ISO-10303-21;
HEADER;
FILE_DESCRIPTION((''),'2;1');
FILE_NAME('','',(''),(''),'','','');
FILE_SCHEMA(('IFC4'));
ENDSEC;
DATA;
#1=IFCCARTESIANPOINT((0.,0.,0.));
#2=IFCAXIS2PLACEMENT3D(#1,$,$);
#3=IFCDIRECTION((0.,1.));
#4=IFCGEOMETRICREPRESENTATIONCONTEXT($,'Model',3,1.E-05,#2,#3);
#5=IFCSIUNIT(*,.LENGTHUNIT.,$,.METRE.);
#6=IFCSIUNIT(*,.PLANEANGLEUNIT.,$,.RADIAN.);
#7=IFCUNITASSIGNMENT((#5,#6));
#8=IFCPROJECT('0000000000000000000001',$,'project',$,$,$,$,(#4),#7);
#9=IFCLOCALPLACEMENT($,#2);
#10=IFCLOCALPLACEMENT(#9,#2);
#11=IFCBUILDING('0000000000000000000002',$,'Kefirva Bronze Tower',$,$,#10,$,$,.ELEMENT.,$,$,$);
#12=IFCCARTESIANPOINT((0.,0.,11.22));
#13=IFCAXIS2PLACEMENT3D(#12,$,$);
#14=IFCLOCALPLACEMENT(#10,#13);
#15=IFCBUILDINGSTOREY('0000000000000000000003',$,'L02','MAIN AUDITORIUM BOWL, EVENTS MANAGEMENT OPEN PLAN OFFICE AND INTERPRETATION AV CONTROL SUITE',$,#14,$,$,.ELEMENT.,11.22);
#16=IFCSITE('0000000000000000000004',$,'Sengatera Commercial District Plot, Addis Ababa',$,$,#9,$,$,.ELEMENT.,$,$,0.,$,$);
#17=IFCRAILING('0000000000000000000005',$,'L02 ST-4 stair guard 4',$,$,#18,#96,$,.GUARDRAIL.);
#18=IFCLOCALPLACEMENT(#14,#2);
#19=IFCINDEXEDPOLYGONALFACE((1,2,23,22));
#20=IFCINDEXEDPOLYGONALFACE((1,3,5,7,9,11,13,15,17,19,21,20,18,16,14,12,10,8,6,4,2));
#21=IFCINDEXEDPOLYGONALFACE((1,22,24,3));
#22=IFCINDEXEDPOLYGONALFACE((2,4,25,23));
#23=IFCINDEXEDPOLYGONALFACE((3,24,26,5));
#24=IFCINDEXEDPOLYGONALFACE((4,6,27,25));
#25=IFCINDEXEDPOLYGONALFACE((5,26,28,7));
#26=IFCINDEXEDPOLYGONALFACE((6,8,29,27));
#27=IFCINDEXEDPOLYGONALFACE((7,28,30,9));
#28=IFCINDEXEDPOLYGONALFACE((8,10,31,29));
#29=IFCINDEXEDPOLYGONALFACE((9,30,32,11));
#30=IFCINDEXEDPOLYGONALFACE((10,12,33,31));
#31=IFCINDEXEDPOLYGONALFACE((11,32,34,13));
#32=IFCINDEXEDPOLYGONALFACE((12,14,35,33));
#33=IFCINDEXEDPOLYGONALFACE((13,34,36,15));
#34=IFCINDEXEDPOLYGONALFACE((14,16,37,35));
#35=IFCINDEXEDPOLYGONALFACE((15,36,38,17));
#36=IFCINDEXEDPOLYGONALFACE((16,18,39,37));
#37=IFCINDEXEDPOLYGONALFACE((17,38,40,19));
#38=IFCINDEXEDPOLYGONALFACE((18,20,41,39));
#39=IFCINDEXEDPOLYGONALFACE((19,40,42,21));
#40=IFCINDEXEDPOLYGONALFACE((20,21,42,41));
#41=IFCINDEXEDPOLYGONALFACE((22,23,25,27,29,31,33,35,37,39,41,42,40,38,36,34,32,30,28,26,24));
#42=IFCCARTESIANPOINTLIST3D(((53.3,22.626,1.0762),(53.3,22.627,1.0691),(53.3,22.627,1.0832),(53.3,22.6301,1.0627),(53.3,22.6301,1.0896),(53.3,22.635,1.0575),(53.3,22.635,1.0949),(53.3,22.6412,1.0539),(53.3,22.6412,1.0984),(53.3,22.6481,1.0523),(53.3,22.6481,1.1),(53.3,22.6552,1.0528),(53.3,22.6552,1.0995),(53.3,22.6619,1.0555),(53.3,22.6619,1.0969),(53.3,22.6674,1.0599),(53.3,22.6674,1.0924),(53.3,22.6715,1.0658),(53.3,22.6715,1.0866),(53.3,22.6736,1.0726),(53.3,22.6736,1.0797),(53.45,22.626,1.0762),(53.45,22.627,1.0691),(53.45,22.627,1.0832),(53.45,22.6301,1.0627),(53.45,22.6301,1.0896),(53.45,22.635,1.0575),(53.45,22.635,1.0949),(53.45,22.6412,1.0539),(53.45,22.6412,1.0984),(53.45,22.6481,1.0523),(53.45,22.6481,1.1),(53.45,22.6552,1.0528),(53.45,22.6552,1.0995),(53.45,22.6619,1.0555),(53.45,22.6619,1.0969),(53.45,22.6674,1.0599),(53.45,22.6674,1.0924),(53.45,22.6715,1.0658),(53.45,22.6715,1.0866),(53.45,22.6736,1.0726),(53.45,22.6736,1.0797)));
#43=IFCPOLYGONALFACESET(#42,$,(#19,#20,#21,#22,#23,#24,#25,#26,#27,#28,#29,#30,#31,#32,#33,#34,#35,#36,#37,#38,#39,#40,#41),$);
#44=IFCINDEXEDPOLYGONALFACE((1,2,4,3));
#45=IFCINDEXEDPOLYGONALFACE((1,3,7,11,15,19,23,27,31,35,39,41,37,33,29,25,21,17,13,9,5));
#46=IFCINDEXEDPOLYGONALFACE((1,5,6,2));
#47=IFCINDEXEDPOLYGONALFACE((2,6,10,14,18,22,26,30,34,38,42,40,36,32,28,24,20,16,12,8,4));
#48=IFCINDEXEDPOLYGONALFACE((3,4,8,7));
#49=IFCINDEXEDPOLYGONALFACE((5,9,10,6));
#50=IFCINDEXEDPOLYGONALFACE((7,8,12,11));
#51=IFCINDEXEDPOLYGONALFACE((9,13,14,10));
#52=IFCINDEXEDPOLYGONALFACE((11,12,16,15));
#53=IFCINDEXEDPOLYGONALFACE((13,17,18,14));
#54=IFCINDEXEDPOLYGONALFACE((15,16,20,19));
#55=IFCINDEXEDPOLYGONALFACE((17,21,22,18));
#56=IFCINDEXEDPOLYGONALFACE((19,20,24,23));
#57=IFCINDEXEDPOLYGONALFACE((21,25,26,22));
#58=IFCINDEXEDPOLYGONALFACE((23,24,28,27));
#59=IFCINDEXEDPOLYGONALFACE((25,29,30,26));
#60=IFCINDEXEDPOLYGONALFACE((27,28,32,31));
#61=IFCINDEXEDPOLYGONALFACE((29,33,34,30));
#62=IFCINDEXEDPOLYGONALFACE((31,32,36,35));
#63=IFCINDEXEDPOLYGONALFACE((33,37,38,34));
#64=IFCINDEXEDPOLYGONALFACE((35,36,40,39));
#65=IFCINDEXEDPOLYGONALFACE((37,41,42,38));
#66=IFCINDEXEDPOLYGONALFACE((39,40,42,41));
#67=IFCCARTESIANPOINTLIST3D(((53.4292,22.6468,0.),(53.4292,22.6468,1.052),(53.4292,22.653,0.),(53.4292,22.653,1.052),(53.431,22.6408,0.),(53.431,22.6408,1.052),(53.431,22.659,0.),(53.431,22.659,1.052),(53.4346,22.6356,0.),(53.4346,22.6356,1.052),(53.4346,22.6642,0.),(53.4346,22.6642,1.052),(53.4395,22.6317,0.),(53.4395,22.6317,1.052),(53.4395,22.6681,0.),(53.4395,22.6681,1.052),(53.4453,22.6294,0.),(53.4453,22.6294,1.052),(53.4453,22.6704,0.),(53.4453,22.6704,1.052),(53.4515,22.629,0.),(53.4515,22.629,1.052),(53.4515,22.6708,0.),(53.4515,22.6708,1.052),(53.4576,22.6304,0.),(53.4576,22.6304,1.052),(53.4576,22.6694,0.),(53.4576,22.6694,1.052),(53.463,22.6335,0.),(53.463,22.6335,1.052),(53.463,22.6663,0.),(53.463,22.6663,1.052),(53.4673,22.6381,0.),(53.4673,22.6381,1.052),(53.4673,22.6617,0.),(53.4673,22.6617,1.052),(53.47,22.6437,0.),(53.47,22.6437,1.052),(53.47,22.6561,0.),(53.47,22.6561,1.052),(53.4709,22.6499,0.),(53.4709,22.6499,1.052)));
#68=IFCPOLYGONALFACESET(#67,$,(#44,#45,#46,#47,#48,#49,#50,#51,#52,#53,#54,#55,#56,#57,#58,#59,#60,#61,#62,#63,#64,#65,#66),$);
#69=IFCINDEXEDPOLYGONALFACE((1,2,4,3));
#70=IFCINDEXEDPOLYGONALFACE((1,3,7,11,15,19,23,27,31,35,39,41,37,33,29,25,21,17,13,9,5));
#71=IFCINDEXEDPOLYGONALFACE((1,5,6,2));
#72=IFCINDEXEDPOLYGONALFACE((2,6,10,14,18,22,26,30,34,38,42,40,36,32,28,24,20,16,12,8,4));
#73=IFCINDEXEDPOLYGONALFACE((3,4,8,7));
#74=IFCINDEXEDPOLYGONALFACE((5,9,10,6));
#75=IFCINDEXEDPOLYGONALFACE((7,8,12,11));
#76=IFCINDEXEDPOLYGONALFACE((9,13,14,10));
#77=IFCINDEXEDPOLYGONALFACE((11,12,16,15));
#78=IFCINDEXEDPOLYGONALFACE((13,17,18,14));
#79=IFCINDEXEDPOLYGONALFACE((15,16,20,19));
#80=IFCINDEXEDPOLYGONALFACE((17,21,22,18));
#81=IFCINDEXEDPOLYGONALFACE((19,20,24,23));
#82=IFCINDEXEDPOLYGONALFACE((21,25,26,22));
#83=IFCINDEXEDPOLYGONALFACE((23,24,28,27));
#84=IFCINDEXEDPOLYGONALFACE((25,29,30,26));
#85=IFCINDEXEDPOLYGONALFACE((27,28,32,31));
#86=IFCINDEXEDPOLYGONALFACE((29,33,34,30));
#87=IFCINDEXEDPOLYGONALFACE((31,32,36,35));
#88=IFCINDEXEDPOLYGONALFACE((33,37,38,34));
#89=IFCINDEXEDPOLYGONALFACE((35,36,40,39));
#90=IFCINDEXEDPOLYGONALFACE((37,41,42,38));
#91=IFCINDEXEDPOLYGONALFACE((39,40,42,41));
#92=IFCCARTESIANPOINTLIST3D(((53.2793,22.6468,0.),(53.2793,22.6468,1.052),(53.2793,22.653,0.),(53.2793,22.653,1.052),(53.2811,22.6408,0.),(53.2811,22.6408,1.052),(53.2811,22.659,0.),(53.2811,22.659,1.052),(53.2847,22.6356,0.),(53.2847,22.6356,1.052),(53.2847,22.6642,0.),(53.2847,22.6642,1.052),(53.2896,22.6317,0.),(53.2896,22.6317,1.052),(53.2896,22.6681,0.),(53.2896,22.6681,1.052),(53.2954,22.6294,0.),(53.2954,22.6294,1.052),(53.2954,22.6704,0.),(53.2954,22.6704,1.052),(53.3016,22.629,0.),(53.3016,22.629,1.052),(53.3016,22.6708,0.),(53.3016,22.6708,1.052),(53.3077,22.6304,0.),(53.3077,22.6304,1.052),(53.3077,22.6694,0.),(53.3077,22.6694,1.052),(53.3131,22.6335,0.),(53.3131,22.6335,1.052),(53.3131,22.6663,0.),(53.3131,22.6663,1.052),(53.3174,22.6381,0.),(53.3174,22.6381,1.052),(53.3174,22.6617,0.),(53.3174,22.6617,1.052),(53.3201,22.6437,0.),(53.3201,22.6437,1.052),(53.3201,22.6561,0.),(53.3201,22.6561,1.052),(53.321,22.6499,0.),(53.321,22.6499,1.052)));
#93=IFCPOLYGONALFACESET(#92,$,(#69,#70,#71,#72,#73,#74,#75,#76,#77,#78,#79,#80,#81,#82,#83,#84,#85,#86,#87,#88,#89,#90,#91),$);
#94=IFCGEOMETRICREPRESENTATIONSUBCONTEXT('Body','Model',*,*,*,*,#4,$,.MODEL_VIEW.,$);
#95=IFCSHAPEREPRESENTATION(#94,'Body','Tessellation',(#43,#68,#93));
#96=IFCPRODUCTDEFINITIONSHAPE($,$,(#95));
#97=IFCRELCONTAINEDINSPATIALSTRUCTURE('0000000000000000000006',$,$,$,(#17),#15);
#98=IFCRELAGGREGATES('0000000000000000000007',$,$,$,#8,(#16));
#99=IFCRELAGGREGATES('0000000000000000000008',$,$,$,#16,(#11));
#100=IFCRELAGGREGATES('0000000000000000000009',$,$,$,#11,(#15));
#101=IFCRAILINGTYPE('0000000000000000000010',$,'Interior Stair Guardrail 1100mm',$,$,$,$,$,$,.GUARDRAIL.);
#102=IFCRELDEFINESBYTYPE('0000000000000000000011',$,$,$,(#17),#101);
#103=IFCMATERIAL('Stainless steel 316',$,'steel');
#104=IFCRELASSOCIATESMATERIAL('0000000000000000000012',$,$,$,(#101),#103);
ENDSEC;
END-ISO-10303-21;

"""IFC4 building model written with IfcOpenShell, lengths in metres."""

from ifc_helpers import new_model, si_unit, direction, frame, origin, origin_2d, place, context, subcontext, project, spatial, circle, extrude, material, type_object, element, save


model = new_model("IFC4")

# Units and contexts
model_context = context("Model", 3, precision=1e-05, world=origin(), true_north=direction((0.0, 1.0)))
body_context = subcontext(model_context, "Body", "Model", "MODEL_VIEW")
ifc_project = project(units=[si_unit("LENGTHUNIT", "METRE"), si_unit("PLANEANGLEUNIT", "RADIAN")], contexts=[model_context])

# Site, building, storey
site_placement = place(None, origin())
site = spatial("IfcSite", under=ifc_project, at=site_placement, Name="Sengatera Commercial District Plot, Addis Ababa", CompositionType="ELEMENT", RefElevation=0.0)
building_placement = place(site_placement, origin())
building = spatial("IfcBuilding", under=site, at=building_placement, Name="Kefirva Bronze Tower", CompositionType="ELEMENT")
storey_placement = place(building_placement, frame((0.0, 0.0, 11.22)))
storey = spatial("IfcBuildingStorey", under=building, at=storey_placement, Name="L02", Description="MAIN AUDITORIUM BOWL, EVENTS MANAGEMENT OPEN PLAN OFFICE AND INTERPRETATION AV CONTROL SUITE", CompositionType="ELEMENT", Elevation=11.22)

# Railing
ifc_material_1 = material(Name="Stainless steel 316", Category="steel")
railing_type_1 = type_object("IfcRailingType", Name="Interior Stair Guardrail 1100mm", PredefinedType="GUARDRAIL", material=ifc_material_1)
railing_1_placement = place(storey_placement, frame((53.45, 22.6499, 0.0)))
element("IfcRailing", 1, at=railing_1_placement, inside=storey, type_object=railing_type_1, Name="L02 ST-4 stair guard 4", PredefinedType="GUARDRAIL", context=body_context, shape_type="SweptSolid", body=[
    extrude(circle(Radius=0.0239, at=origin_2d()), frame((0.0, 0.0, 1.0762), z_axis=(-1.0, 0.0, 0.0), x_axis=(0.0, -1.0, 0.0)), (0.0, 0.0, 1.0), 0.1499),
    extrude(circle(Radius=0.021, at=origin_2d()), origin(), (0.0, 0.0, 1.0), 1.052),
    extrude(circle(Radius=0.021, at=origin_2d()), frame((-0.1499, 0.0, 0.0)), (0.0, 0.0, 1.0), 1.052),
])

save(model, "model.ifc")
